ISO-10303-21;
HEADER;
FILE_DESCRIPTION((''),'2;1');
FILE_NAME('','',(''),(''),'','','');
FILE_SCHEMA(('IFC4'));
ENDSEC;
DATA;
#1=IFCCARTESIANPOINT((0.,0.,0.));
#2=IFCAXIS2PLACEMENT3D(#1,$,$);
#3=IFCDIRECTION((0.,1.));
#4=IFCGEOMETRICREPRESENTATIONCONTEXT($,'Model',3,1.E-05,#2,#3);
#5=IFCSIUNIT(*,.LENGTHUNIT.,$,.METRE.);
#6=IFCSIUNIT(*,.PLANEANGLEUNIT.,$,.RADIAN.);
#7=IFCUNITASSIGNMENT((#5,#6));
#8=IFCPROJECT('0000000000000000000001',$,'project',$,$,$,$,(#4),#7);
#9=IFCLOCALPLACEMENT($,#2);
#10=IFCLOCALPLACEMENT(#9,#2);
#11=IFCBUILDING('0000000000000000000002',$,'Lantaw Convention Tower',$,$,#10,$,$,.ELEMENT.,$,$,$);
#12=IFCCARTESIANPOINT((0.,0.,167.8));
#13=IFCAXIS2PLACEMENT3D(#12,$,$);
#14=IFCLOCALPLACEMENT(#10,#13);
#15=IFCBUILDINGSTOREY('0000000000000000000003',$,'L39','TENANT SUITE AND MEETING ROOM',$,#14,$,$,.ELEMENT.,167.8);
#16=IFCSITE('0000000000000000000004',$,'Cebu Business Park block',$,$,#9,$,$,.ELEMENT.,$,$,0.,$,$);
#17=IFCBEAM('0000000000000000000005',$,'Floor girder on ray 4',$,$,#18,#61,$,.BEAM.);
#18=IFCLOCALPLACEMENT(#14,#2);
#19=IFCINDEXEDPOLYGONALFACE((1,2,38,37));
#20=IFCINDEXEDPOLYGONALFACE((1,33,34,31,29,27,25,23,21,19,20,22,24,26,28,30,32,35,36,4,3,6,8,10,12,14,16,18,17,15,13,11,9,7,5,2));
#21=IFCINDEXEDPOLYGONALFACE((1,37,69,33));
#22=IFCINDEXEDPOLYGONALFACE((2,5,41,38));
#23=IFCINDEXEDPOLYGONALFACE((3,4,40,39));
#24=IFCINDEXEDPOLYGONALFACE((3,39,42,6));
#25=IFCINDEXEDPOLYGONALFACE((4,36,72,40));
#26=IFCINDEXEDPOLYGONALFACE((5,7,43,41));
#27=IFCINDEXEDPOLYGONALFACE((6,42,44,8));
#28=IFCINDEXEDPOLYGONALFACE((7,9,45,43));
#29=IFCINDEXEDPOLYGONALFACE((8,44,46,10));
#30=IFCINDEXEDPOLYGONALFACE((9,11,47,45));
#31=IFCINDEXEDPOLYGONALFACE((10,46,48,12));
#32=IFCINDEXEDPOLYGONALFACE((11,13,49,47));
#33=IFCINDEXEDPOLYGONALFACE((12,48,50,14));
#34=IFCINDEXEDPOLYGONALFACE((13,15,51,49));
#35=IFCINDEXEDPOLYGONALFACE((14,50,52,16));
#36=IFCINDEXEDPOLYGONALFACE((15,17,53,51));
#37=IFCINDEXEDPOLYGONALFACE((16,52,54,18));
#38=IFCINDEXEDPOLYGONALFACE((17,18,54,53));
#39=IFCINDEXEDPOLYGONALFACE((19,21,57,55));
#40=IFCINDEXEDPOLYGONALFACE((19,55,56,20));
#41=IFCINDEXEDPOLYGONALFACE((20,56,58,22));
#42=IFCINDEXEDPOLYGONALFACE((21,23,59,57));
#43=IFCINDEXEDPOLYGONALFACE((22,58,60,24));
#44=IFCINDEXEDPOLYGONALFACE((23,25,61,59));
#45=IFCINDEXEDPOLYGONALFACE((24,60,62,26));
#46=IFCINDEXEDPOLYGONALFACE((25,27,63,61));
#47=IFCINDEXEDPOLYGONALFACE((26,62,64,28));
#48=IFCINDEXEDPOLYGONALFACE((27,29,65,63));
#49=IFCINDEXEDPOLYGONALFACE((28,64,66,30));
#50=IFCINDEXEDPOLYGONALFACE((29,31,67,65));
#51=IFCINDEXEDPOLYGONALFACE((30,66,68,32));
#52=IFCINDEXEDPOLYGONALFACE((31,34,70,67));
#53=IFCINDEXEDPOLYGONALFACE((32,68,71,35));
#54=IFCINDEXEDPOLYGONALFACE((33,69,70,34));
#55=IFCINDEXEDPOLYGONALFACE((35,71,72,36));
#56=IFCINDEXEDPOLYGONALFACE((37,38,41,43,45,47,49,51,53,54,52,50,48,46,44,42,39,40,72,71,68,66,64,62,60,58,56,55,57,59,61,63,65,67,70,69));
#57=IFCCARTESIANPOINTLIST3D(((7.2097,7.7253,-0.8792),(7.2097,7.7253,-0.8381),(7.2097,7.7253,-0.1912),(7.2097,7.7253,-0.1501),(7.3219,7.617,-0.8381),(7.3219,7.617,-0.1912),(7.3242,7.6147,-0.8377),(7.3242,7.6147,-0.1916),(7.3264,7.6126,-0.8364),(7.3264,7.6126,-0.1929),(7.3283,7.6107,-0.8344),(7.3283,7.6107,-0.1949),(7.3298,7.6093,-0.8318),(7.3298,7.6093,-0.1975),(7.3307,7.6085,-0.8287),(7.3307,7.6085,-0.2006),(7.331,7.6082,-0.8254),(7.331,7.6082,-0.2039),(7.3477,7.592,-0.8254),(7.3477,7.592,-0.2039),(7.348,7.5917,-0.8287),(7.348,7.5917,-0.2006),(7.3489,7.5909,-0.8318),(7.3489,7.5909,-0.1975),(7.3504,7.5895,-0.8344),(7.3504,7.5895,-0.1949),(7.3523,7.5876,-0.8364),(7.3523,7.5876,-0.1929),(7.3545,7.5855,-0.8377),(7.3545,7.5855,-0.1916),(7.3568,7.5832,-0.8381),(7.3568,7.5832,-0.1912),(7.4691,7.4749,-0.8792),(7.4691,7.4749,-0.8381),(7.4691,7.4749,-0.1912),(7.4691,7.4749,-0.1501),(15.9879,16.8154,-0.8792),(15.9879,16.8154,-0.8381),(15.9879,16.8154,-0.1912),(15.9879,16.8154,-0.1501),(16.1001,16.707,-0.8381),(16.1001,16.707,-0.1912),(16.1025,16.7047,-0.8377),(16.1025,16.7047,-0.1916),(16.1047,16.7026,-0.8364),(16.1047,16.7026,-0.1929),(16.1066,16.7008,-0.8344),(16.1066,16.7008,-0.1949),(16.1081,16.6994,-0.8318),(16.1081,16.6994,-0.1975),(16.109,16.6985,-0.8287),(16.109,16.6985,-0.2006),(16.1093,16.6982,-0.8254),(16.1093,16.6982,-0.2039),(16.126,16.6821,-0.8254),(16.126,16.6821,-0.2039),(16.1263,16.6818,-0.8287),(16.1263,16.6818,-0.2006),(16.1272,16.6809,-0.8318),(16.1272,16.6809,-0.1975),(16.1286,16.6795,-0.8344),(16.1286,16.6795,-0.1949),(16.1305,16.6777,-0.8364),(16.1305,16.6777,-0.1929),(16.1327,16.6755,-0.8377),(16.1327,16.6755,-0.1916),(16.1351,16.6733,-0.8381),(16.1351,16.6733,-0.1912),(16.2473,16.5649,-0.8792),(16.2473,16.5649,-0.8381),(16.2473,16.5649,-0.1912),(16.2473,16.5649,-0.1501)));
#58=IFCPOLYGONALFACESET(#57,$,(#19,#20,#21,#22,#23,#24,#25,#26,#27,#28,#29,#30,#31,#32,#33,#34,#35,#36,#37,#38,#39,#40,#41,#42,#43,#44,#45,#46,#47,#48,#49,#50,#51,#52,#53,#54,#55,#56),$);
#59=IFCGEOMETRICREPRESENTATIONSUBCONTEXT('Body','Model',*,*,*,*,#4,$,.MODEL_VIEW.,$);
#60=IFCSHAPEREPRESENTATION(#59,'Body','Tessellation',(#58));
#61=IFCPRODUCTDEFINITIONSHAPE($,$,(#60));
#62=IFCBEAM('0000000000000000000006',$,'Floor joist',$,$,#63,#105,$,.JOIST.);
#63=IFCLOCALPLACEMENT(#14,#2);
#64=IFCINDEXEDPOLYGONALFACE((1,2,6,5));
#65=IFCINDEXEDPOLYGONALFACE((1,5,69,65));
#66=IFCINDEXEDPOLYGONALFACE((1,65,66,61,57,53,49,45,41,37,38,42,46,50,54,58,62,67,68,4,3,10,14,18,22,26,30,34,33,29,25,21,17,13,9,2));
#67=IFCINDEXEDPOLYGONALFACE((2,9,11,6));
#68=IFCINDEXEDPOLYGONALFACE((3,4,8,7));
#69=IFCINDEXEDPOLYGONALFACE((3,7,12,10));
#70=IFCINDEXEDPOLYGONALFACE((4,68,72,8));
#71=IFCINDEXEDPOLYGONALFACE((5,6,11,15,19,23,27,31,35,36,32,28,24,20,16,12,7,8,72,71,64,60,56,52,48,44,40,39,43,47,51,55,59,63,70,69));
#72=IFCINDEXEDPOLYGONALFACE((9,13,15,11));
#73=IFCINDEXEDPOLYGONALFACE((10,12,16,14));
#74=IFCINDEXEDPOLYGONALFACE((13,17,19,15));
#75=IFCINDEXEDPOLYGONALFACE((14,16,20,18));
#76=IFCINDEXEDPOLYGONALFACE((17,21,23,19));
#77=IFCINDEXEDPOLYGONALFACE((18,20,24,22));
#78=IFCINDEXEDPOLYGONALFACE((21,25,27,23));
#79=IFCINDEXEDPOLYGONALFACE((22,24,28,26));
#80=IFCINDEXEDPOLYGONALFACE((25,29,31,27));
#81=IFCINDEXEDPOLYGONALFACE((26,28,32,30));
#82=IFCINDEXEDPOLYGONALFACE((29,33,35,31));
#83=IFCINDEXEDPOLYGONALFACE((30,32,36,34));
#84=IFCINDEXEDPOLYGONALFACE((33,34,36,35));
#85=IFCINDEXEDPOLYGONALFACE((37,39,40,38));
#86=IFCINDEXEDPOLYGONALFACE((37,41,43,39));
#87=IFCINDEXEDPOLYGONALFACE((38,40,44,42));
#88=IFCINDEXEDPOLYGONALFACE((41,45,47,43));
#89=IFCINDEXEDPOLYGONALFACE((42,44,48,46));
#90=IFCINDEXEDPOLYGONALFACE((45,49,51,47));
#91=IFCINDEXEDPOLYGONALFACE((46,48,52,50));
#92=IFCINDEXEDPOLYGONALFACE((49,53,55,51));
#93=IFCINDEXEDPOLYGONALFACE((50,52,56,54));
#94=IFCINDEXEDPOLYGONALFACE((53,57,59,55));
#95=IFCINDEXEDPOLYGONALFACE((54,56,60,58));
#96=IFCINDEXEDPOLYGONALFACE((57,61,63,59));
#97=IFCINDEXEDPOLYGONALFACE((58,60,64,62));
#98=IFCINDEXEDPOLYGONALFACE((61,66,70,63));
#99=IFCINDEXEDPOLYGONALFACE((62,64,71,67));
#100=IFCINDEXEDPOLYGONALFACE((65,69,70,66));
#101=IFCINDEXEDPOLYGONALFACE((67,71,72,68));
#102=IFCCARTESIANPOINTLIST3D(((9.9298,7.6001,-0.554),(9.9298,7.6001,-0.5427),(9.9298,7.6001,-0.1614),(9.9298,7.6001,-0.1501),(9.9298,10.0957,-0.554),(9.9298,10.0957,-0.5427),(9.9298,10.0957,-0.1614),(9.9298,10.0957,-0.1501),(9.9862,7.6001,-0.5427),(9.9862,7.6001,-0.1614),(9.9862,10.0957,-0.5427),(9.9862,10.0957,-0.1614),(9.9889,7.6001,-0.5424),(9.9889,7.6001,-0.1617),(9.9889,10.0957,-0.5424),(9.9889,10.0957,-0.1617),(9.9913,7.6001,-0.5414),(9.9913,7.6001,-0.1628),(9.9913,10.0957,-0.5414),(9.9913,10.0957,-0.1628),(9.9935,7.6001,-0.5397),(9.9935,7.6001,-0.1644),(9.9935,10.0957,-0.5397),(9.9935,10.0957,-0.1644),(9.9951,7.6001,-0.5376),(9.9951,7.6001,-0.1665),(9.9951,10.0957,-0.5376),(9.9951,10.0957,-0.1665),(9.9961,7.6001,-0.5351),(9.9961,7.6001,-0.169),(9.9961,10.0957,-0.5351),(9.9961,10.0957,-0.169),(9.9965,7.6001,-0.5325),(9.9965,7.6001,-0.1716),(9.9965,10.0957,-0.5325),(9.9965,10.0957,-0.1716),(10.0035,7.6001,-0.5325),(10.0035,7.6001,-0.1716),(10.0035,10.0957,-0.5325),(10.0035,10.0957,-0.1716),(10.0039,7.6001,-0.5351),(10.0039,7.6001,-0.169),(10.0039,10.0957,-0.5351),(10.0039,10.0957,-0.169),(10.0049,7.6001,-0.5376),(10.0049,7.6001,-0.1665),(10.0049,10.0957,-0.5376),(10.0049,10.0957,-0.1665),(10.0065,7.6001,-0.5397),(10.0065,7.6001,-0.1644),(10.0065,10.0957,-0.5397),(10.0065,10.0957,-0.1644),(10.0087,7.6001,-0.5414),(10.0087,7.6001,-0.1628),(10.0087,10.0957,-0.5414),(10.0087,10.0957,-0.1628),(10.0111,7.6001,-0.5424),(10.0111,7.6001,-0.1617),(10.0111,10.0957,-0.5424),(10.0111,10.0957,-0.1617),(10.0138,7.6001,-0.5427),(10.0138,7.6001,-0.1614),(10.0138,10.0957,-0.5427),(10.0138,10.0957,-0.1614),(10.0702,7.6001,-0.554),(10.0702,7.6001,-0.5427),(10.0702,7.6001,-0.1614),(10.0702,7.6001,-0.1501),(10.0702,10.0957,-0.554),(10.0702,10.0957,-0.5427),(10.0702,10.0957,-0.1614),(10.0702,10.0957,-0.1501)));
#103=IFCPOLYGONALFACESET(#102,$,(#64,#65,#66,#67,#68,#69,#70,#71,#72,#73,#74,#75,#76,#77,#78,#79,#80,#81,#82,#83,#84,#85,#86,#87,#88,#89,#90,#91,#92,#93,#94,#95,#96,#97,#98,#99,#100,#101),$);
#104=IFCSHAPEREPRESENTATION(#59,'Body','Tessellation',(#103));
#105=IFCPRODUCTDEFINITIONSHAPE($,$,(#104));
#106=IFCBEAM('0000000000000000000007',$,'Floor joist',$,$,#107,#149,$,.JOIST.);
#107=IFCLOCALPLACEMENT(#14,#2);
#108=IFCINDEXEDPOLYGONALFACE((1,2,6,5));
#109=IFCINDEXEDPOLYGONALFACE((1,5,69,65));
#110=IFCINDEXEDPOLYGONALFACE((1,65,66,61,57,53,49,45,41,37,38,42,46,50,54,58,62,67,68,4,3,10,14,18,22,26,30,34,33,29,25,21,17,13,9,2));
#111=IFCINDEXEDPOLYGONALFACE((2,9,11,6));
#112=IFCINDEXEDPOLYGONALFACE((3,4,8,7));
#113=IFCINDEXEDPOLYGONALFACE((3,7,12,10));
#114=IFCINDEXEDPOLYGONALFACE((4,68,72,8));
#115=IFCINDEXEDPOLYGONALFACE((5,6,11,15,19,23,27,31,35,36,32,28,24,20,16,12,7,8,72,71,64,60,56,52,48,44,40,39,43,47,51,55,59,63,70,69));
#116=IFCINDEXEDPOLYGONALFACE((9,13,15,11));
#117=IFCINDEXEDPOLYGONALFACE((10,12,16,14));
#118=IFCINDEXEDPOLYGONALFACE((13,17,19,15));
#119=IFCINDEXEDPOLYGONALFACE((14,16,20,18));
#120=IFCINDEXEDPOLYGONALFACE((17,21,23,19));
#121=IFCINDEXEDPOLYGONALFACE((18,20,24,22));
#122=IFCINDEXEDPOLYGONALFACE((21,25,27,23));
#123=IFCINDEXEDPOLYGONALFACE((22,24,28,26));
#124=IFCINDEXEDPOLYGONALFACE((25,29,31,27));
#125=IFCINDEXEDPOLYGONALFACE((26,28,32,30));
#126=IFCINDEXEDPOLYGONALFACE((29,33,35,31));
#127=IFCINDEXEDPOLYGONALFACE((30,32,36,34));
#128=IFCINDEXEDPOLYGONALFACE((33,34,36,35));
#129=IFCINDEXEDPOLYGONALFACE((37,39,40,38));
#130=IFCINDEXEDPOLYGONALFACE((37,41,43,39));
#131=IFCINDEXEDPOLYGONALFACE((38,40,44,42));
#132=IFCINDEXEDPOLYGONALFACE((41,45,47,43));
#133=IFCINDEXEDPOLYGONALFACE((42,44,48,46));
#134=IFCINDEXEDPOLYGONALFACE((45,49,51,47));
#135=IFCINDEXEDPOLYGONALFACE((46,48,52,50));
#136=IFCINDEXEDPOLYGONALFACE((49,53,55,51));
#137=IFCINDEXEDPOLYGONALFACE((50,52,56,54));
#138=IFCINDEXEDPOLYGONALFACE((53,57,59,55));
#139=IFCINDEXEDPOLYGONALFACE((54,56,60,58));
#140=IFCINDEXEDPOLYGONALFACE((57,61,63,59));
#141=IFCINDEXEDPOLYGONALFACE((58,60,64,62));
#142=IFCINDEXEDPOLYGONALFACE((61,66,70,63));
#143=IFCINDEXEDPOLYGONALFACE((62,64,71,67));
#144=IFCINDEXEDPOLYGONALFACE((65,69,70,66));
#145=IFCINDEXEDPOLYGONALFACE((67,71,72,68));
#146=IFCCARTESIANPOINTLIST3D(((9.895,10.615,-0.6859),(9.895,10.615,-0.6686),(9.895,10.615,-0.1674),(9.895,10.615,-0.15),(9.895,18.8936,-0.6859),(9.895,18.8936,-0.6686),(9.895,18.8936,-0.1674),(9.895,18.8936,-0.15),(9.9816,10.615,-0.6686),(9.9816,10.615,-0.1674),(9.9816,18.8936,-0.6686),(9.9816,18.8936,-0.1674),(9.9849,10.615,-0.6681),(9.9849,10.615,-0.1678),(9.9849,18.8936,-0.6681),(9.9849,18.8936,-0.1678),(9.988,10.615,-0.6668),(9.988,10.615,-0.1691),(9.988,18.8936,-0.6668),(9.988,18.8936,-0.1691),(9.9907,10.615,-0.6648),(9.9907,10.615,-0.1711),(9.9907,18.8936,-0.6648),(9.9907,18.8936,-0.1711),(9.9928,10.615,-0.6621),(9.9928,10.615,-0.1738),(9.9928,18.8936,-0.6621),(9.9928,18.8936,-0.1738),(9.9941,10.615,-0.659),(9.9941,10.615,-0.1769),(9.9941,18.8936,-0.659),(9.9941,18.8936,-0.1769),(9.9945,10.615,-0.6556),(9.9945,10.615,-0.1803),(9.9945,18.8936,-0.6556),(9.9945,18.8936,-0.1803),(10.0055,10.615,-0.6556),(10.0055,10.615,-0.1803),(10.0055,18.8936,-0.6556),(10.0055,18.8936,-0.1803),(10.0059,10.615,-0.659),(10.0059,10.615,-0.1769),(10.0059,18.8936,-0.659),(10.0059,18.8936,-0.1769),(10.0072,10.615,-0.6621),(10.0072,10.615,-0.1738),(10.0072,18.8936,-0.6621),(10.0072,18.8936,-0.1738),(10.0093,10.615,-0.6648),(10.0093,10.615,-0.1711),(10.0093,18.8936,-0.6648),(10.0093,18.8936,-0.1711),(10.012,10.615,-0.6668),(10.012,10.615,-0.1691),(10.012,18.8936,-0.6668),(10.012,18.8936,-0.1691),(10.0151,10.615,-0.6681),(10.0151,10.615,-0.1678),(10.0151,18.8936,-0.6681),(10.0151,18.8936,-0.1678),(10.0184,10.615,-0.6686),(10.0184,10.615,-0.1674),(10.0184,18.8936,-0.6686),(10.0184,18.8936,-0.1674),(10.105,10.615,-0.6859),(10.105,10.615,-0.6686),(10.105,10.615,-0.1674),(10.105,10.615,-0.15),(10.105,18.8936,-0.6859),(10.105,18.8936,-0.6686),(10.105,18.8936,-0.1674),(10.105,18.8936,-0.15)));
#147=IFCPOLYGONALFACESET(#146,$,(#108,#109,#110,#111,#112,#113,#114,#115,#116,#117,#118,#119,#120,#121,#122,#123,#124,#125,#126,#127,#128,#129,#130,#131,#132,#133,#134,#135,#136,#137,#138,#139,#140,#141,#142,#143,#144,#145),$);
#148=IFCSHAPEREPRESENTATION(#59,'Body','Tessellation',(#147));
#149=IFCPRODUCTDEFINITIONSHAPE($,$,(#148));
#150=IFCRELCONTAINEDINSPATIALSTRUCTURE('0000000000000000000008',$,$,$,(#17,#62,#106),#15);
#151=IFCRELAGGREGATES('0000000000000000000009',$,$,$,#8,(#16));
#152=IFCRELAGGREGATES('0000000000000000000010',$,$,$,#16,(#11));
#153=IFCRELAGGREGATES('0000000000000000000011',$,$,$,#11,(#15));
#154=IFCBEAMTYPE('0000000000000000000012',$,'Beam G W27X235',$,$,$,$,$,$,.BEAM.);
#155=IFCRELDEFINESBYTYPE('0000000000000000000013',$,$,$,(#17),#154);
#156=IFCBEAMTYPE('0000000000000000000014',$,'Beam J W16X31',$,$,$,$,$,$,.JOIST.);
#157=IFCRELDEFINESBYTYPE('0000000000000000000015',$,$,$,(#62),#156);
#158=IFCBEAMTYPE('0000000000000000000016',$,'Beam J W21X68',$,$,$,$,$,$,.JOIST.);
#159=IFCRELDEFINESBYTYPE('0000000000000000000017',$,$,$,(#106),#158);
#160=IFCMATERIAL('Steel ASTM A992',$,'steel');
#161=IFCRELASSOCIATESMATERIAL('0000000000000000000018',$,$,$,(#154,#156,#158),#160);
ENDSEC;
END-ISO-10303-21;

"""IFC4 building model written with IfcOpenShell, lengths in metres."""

from ifc_helpers import new_model, si_unit, direction, frame, origin, origin_2d, place, context, subcontext, project, spatial, i_section, extrude, material, material_profile, profile_set, type_object, element, save


model = new_model("IFC4")

# Units and contexts
model_context = context("Model", 3, precision=1e-05, world=origin(), true_north=direction((0.0, 1.0)))
body_context = subcontext(model_context, "Body", "Model", "MODEL_VIEW")
ifc_project = project(units=[si_unit("LENGTHUNIT", "METRE"), si_unit("PLANEANGLEUNIT", "RADIAN")], contexts=[model_context])

# Site, building, storey
site_placement = place(None, origin())
site = spatial("IfcSite", under=ifc_project, at=site_placement, Name="Cebu Business Park block", CompositionType="ELEMENT", RefElevation=0.0)
building_placement = place(site_placement, origin())
building = spatial("IfcBuilding", under=site, at=building_placement, Name="Lantaw Convention Tower", CompositionType="ELEMENT")
storey_placement = place(building_placement, frame((0.0, 0.0, 167.8)))
storey = spatial("IfcBuildingStorey", under=building, at=storey_placement, Name="L39", Description="TENANT SUITE AND MEETING ROOM", CompositionType="ELEMENT", Elevation=167.8)

# Beams
ifc_material_1 = material(Name="Steel ASTM A992", Category="steel")
ifc_material_profile_1 = material_profile(ifc_material_1, i_section(OverallWidth=0.3606, OverallDepth=0.729, WebThickness=0.0232, FlangeThickness=0.041, FilletRadius=0.0127, at=origin_2d()), Name="W27X235")
ifc_profile_set_1 = profile_set([ifc_material_profile_1], Name="Steel ASTM A992")
beam_type_1 = type_object("IfcBeamType", Name="Beam G W27X235", PredefinedType="BEAM", material=ifc_profile_set_1)
beam_1_placement = place(storey_placement, frame((7.3394, 7.6001, -0.5146), z_axis=(0.694663, 0.719335, 0.0), x_axis=(-0.719335, 0.694663, 0.0)))
element("IfcBeam", 1, at=beam_1_placement, inside=storey, type_object=beam_type_1, Name="Floor girder on ray 4", PredefinedType="BEAM", context=body_context, shape_type="SweptSolid", body=[
    extrude(i_section(OverallWidth=0.3606, OverallDepth=0.729, WebThickness=0.0232, FlangeThickness=0.041, FilletRadius=0.0127, at=origin_2d()), origin(), (0.0, 0.0, 1.0), 12.6367),
])
ifc_material_profile_2 = material_profile(ifc_material_1, i_section(OverallWidth=0.1404, OverallDepth=0.4038, WebThickness=0.0071, FlangeThickness=0.0112, FilletRadius=0.0103, at=origin_2d()), Name="W16X31")
ifc_profile_set_2 = profile_set([ifc_material_profile_2], Name="Steel ASTM A992")
beam_type_2 = type_object("IfcBeamType", Name="Beam J W16X31", PredefinedType="JOIST", material=ifc_profile_set_2)
beam_2_placement = place(storey_placement, frame((10.0, 7.6001, -0.3521), z_axis=(0.0, 1.0, 0.0), x_axis=(-1.0, 0.0, 0.0)))
element("IfcBeam", 2, at=beam_2_placement, inside=storey, type_object=beam_type_2, Name="Floor joist", PredefinedType="JOIST", context=body_context, shape_type="SweptSolid", body=[
    extrude(i_section(OverallWidth=0.1404, OverallDepth=0.4038, WebThickness=0.0071, FlangeThickness=0.0112, FilletRadius=0.0103, at=origin_2d()), origin(), (0.0, 0.0, 1.0), 2.4956),
])
ifc_material_profile_3 = material_profile(ifc_material_1, i_section(OverallWidth=0.21, OverallDepth=0.5359, WebThickness=0.011, FlangeThickness=0.0173, FilletRadius=0.0129, at=origin_2d()), Name="W21X68")
ifc_profile_set_3 = profile_set([ifc_material_profile_3], Name="Steel ASTM A992")
beam_type_3 = type_object("IfcBeamType", Name="Beam J W21X68", PredefinedType="JOIST", material=ifc_profile_set_3)
beam_3_placement = place(storey_placement, frame((10.0, 10.615, -0.418), z_axis=(0.0, 1.0, 0.0), x_axis=(-1.0, 0.0, 0.0)))
element("IfcBeam", 3, at=beam_3_placement, inside=storey, type_object=beam_type_3, Name="Floor joist", PredefinedType="JOIST", context=body_context, shape_type="SweptSolid", body=[
    extrude(i_section(OverallWidth=0.21, OverallDepth=0.5359, WebThickness=0.011, FlangeThickness=0.0173, FilletRadius=0.0129, at=origin_2d()), origin(), (0.0, 0.0, 1.0), 8.2786),
])

save(model, "model.ifc")
